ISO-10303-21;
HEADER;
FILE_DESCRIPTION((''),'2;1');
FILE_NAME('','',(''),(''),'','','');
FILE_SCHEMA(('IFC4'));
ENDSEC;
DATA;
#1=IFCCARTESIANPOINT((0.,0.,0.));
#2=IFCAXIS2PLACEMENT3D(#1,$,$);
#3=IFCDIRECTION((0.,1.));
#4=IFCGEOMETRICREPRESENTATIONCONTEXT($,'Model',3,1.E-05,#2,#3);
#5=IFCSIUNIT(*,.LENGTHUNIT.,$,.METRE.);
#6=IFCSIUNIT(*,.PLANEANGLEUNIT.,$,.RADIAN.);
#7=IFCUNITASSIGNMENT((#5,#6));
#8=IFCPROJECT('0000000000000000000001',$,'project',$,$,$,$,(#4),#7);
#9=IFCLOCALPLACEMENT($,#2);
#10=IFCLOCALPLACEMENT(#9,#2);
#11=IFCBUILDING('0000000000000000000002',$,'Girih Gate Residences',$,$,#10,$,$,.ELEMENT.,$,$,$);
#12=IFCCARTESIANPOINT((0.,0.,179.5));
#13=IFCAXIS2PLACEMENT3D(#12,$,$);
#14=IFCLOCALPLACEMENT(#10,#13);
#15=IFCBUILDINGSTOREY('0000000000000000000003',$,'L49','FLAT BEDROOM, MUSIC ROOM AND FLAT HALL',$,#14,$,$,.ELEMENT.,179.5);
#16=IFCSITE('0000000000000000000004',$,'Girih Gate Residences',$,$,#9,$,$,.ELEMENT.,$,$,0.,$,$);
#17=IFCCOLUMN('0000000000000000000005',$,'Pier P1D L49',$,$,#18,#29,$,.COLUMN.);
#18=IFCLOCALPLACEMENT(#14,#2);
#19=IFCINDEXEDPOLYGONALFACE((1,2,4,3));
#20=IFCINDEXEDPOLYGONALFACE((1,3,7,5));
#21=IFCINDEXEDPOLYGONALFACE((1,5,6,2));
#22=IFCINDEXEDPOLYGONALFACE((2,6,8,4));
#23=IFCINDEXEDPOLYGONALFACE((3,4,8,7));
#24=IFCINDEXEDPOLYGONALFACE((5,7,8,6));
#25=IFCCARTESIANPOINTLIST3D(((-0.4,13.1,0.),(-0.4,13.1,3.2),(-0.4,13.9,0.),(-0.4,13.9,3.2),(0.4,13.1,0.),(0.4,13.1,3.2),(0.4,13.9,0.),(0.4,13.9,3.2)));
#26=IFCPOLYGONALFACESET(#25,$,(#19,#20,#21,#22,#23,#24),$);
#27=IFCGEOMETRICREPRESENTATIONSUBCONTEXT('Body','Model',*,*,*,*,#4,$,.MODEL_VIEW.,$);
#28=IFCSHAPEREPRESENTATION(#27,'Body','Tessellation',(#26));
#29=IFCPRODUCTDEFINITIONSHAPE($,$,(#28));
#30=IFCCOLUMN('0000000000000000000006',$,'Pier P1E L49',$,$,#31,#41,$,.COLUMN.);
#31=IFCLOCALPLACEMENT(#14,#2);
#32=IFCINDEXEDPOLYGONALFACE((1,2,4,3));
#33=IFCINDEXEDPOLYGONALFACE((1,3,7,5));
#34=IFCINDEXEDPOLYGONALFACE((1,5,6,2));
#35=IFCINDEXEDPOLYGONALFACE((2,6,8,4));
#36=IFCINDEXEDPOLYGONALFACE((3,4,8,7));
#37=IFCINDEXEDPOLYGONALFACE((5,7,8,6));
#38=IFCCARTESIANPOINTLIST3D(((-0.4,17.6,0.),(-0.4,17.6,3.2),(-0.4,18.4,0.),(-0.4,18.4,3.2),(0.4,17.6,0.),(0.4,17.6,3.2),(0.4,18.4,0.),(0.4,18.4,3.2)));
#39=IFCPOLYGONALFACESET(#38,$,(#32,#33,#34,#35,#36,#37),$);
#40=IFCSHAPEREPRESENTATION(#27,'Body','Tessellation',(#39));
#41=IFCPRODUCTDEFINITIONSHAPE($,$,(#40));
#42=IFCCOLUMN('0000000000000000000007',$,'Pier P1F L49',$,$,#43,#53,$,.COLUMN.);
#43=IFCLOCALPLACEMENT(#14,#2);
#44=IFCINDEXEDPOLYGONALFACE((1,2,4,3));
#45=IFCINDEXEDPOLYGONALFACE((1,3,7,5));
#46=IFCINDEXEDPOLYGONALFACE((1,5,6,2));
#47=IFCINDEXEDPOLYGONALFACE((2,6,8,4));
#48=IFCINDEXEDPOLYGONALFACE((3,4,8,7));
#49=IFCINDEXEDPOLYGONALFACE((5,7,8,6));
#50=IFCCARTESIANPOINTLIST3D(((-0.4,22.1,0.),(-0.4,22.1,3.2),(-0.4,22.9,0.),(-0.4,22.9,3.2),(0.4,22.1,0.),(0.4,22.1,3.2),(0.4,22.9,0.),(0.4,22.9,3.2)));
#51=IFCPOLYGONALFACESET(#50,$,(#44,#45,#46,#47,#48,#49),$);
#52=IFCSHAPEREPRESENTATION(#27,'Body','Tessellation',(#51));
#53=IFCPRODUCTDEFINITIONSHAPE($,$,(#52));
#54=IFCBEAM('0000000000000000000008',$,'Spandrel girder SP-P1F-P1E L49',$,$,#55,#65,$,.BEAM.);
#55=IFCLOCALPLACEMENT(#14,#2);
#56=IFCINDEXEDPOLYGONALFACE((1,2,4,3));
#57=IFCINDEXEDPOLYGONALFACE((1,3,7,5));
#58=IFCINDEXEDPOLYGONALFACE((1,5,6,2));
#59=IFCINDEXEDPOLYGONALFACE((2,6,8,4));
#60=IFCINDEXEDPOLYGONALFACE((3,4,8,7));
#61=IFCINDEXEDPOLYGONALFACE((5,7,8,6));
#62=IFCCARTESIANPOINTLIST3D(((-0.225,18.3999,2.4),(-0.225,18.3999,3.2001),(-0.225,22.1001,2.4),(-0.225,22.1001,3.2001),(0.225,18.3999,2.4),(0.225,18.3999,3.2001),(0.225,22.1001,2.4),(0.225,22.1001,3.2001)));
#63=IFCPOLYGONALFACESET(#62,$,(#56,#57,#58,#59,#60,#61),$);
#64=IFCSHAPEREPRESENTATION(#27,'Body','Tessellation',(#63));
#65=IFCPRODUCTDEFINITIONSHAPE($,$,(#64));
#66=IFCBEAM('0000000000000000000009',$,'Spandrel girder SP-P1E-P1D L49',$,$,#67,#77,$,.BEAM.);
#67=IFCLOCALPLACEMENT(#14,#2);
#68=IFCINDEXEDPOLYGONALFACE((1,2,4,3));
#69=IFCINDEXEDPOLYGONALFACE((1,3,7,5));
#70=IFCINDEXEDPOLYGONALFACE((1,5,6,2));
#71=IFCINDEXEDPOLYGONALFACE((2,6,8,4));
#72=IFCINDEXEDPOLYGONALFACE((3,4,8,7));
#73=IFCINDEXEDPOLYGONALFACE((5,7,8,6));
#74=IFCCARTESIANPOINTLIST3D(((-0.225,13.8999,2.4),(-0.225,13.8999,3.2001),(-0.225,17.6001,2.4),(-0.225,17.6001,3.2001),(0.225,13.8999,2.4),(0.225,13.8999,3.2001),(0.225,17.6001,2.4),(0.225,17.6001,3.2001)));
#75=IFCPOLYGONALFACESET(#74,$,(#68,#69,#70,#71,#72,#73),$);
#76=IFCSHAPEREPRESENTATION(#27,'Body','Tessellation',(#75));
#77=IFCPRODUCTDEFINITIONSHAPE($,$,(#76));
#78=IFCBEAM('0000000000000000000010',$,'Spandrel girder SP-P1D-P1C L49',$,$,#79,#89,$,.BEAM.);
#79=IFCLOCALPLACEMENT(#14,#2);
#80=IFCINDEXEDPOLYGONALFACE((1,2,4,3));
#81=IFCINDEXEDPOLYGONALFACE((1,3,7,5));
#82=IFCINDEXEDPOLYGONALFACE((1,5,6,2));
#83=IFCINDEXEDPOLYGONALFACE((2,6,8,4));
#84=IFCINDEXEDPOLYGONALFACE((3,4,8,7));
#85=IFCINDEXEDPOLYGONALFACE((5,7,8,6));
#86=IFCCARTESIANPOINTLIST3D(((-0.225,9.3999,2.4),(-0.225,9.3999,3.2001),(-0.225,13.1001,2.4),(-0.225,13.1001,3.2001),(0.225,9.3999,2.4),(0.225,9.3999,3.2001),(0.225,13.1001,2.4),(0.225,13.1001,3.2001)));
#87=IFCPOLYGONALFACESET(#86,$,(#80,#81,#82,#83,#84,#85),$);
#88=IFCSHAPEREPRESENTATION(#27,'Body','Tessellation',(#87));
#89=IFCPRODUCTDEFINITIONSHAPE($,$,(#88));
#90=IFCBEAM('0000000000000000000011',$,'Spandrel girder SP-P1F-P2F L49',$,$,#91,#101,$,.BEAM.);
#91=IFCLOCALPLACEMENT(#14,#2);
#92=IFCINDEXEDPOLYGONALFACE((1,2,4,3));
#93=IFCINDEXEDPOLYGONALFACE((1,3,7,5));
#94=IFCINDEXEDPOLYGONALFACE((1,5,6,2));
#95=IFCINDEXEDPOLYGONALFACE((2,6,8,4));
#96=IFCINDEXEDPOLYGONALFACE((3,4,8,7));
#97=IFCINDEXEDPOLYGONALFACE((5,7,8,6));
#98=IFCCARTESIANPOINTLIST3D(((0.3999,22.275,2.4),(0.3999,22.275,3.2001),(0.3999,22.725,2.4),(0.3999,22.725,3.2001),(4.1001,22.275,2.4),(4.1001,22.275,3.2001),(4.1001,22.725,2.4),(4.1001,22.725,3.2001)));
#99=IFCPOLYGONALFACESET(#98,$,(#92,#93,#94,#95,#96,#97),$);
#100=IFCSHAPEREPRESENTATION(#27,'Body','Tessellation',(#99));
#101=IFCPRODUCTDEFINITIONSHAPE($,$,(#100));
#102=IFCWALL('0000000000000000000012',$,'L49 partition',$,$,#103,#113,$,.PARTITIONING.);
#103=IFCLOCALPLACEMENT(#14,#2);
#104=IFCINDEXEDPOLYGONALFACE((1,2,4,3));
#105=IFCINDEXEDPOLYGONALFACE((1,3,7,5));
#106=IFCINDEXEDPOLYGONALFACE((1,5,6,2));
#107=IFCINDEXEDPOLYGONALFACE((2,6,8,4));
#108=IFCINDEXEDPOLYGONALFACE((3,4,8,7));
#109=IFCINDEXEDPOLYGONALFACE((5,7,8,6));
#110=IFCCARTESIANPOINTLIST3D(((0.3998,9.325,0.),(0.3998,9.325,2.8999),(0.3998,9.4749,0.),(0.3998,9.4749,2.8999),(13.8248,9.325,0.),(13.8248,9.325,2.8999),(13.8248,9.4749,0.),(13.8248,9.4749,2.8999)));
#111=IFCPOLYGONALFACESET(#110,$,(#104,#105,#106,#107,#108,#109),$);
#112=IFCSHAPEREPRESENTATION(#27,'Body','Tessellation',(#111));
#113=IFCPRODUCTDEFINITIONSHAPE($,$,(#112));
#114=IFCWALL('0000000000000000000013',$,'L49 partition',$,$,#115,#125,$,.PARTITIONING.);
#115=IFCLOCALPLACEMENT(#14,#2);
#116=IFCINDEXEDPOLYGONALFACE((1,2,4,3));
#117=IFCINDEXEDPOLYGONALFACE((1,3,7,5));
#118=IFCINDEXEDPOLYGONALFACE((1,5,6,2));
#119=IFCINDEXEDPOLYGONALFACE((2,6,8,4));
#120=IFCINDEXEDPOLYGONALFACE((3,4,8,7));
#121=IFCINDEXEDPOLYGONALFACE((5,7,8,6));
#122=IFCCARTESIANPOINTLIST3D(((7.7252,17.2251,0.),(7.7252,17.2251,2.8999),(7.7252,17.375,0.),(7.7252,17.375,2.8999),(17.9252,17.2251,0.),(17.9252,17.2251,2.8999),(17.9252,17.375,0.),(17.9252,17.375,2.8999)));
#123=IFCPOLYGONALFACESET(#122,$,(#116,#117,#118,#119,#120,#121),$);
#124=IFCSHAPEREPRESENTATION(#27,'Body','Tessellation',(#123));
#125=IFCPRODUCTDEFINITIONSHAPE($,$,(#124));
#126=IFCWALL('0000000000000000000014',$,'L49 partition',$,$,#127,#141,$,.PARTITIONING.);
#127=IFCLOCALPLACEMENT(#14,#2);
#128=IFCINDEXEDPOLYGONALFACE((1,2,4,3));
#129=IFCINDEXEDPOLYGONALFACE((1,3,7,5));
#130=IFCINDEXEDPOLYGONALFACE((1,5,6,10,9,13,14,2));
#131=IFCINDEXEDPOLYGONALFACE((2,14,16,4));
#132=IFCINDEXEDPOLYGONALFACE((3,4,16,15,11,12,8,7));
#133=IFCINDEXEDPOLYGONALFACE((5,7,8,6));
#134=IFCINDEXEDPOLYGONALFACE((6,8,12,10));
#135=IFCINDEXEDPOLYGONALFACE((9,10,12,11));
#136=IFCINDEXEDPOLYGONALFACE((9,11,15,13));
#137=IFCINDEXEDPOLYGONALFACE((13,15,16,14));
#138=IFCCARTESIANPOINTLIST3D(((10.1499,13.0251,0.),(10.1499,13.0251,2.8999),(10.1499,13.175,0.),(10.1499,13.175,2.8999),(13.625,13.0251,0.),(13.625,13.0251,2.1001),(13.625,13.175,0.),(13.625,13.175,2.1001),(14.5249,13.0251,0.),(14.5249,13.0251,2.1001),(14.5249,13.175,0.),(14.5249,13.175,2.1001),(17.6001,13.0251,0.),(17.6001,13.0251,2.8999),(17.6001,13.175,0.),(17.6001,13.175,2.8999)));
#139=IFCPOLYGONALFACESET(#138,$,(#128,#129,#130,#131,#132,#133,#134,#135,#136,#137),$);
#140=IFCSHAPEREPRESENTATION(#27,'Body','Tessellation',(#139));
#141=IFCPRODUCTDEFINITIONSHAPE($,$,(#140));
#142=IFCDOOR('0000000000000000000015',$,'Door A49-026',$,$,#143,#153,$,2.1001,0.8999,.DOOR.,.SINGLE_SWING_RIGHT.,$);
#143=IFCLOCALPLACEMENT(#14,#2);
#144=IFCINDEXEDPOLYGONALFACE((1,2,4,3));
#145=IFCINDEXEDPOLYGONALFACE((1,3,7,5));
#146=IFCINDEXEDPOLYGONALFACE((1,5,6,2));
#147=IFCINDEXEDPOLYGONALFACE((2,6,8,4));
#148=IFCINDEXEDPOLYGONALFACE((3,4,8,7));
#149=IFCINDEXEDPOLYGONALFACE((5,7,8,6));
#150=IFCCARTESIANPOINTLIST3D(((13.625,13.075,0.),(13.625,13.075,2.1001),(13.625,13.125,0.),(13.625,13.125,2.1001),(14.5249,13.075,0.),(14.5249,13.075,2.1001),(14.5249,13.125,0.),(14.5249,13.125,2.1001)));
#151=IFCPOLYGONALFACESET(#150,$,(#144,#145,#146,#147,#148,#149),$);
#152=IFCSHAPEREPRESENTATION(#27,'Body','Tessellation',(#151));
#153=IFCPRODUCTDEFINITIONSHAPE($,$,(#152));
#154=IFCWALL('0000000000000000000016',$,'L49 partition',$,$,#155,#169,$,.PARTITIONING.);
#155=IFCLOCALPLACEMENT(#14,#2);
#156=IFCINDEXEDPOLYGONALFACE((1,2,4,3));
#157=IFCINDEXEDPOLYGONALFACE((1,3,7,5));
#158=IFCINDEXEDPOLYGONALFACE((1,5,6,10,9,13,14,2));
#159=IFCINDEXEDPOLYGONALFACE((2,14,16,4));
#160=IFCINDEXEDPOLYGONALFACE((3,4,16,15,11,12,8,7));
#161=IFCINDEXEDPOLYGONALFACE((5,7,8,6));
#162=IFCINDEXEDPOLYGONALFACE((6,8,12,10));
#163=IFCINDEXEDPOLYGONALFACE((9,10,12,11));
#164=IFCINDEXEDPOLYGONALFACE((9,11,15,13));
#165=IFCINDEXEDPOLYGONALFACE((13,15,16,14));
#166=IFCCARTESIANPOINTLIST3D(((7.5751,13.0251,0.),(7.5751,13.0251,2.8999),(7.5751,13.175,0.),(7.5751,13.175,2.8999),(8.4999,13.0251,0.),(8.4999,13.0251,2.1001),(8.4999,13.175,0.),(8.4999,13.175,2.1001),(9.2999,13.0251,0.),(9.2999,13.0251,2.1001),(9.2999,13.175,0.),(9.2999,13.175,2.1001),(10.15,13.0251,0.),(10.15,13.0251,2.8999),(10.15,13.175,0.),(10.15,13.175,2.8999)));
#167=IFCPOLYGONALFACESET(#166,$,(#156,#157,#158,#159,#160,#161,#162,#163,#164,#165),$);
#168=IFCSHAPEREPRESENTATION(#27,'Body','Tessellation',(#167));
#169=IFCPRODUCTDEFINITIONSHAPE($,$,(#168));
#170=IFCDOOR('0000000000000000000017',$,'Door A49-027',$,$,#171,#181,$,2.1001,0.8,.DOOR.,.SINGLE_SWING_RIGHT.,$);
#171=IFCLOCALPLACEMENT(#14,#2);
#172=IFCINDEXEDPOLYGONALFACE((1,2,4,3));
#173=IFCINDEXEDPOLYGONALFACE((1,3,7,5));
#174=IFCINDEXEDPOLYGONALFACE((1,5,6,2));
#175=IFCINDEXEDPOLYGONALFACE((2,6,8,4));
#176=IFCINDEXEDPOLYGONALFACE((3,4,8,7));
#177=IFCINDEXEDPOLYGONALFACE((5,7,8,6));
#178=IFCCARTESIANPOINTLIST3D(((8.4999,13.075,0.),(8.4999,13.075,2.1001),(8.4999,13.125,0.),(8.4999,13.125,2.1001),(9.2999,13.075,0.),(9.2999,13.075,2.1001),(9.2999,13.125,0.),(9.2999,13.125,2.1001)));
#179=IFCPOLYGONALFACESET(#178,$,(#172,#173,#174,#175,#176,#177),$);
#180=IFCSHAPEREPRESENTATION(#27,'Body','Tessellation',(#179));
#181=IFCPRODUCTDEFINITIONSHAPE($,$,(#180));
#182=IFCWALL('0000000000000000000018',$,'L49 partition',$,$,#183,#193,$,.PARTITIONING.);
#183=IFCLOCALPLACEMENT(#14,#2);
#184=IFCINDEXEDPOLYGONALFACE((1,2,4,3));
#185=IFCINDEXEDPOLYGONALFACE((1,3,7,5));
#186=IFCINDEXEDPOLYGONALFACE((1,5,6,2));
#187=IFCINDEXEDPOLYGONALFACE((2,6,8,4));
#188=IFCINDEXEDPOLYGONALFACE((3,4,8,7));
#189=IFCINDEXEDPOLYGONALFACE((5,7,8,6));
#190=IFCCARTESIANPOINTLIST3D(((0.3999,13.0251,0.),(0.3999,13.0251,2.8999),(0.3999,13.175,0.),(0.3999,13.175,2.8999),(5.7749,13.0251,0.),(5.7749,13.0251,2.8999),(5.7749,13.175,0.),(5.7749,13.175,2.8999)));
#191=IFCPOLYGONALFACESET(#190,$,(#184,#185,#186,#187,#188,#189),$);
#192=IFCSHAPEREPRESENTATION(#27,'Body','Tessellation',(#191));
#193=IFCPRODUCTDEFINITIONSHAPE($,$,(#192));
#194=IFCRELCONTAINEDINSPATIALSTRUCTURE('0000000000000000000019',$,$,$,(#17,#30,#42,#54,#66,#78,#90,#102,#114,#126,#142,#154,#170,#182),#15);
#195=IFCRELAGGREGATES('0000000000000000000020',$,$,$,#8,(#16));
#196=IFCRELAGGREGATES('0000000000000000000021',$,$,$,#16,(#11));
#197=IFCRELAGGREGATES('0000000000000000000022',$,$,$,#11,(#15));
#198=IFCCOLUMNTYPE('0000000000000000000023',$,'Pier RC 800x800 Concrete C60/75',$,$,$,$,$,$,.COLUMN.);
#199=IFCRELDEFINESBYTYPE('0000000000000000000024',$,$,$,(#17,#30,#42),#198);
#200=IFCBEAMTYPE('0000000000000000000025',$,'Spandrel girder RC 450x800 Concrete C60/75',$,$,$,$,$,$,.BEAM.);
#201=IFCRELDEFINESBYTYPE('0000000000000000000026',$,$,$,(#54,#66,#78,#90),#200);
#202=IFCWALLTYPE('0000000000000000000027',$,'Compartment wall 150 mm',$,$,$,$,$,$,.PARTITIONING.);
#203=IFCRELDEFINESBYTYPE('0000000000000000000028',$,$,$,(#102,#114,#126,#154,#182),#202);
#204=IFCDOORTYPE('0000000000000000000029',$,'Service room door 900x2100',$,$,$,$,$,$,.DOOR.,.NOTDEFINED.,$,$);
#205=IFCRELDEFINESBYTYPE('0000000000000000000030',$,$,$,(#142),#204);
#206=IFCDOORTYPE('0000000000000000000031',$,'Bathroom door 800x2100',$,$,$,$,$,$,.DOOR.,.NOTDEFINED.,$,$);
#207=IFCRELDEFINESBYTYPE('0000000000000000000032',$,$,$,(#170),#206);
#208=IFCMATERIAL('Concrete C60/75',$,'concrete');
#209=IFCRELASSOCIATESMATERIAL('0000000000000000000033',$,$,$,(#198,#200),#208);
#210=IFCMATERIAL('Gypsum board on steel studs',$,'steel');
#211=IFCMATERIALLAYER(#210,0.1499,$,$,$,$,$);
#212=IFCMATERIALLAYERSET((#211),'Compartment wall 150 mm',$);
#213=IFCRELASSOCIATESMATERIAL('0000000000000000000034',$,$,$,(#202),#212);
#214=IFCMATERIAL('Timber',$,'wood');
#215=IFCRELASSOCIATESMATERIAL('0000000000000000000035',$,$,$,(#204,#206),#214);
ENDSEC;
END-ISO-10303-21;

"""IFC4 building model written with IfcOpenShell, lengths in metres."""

from ifc_helpers import new_model, si_unit, direction, frame, frame_2d, origin, origin_2d, place, context, subcontext, project, spatial, rectangle, extrude, material, layer, layer_set, material_profile, profile_set, type_object, element, fill, save


model = new_model("IFC4")

# Units and contexts
model_context = context("Model", 3, precision=1e-05, world=origin(), true_north=direction((0.0, 1.0)))
body_context = subcontext(model_context, "Body", "Model", "MODEL_VIEW")
ifc_project = project(units=[si_unit("LENGTHUNIT", "METRE"), si_unit("PLANEANGLEUNIT", "RADIAN")], contexts=[model_context])

# Site, building, storey
site_placement = place(None, origin())
site = spatial("IfcSite", under=ifc_project, at=site_placement, Name="Girih Gate Residences", CompositionType="ELEMENT", RefElevation=0.0)
building_placement = place(site_placement, origin())
building = spatial("IfcBuilding", under=site, at=building_placement, Name="Girih Gate Residences", CompositionType="ELEMENT")
storey_placement = place(building_placement, frame((0.0, 0.0, 179.5)))
storey = spatial("IfcBuildingStorey", under=building, at=storey_placement, Name="L49", Description="FLAT BEDROOM, MUSIC ROOM AND FLAT HALL", CompositionType="ELEMENT", Elevation=179.5)

# Columns
ifc_material_1 = material(Name="Concrete C60/75", Category="concrete")
ifc_material_profile_1 = material_profile(ifc_material_1, rectangle(XDim=0.8, YDim=0.8, at=origin_2d()))
ifc_profile_set_1 = profile_set([ifc_material_profile_1], Name="Concrete C60/75")
column_type = type_object("IfcColumnType", Name="Pier RC 800x800 Concrete C60/75", PredefinedType="COLUMN", material=ifc_profile_set_1)
for number, where, z_axis, x_axis, name in (
    (1, (0.0, 13.5, 0.0), (0.0, 0.0, 1.0), (1.0, 0.0, 0.0), "Pier P1D L49"),
    (2, (0.0, 18.0, 0.0), (0.0, 0.0, 1.0), (1.0, 0.0, 0.0), "Pier P1E L49"),
    (3, (0.0, 22.5, 0.0), (0.0, 0.0, 1.0), (1.0, 0.0, 0.0), "Pier P1F L49"),
):
    element("IfcColumn", number, at=place(storey_placement, frame(where, z_axis=z_axis, x_axis=x_axis)), inside=storey, type_object=column_type, Name=name, PredefinedType="COLUMN", context=body_context, shape_type="SweptSolid", body=[
        extrude(rectangle(XDim=0.8, YDim=0.8, at=origin_2d()), origin(), (0.0, 0.0, 1.0), 3.2),
    ])

# Beams
ifc_material_profile_2 = material_profile(ifc_material_1, rectangle(XDim=0.45, YDim=0.8, at=origin_2d()))
ifc_profile_set_2 = profile_set([ifc_material_profile_2], Name="Concrete C60/75")
beam_type = type_object("IfcBeamType", Name="Spandrel girder RC 450x800 Concrete C60/75", PredefinedType="BEAM", material=ifc_profile_set_2)
for number, where, z_axis, x_axis, name in (
    (4, (0.0, 22.1001, 2.8), (0.0, -1.0, 0.0), (1.0, 0.0, 0.0), "Spandrel girder SP-P1F-P1E L49"),
    (5, (0.0, 17.6001, 2.8), (0.0, -1.0, 0.0), (1.0, 0.0, 0.0), "Spandrel girder SP-P1E-P1D L49"),
    (6, (0.0, 13.1001, 2.8), (0.0, -1.0, 0.0), (1.0, 0.0, 0.0), "Spandrel girder SP-P1D-P1C L49"),
    (7, (0.3999, 22.5, 2.8), (1.0, 0.0, 0.0), (0.0, 1.0, 0.0), "Spandrel girder SP-P1F-P2F L49"),
):
    element("IfcBeam", number, at=place(storey_placement, frame(where, z_axis=z_axis, x_axis=x_axis)), inside=storey, type_object=beam_type, Name=name, PredefinedType="BEAM", context=body_context, shape_type="SweptSolid", body=[
        extrude(rectangle(XDim=0.45, YDim=0.8, at=origin_2d()), origin(), (0.0, 0.0, 1.0), 3.7002),
    ])

# Walls
ifc_material_2 = material(Name="Gypsum board on steel studs", Category="steel")
ifc_layer_1 = layer(ifc_material_2, 0.1499)
ifc_layer_set_1 = layer_set([ifc_layer_1], Name="Compartment wall 150 mm")
wall_type_1 = type_object("IfcWallType", Name="Compartment wall 150 mm", PredefinedType="PARTITIONING", material=ifc_layer_set_1)
wall_1_placement = place(storey_placement, frame((0.3999, 9.3999, 0.0), z_axis=(0.0, 0.0, 1.0), x_axis=(1.0, 0.0, 0.0)))
element("IfcWall", 8, at=wall_1_placement, inside=storey, type_object=wall_type_1, Name="L49 partition", PredefinedType="PARTITIONING", context=body_context, shape_type="SweptSolid", body=[
    extrude(rectangle(XDim=13.425, YDim=0.1499, at=frame_2d((6.7124, 0.0))), origin(), (0.0, 0.0, 1.0), 2.8999),
])
wall_2_placement = place(storey_placement, frame((7.7251, 17.3, 0.0), z_axis=(0.0, 0.0, 1.0), x_axis=(1.0, 0.0, 0.0)))
element("IfcWall", 9, at=wall_2_placement, inside=storey, type_object=wall_type_1, Name="L49 partition", PredefinedType="PARTITIONING", context=body_context, shape_type="SweptSolid", body=[
    extrude(rectangle(XDim=10.2, YDim=0.1499, at=frame_2d((5.1001, 0.0))), origin(), (0.0, 0.0, 1.0), 2.8999),
])

# Walls, openings, doors
wall_3_placement = place(storey_placement, frame((10.1499, 13.1001, 0.0), z_axis=(0.0, 0.0, 1.0), x_axis=(1.0, 0.0, 0.0)))
wall_3 = element("IfcWall", 10, at=wall_3_placement, inside=storey, type_object=wall_type_1, Name="L49 partition", PredefinedType="PARTITIONING", context=body_context, shape_type="SweptSolid", body=[
    extrude(rectangle(XDim=7.4502, YDim=0.1499, at=frame_2d((3.7251, 0.0))), origin(), (0.0, 0.0, 1.0), 2.8999),
])
opening_1_placement = place(wall_3_placement, frame((3.4751, 0.0, 0.0)))
opening_1 = element("IfcOpeningElement", 11, at=opening_1_placement, cuts=wall_3, PredefinedType="OPENING", context=body_context, shape_type="SweptSolid", body=[
    extrude(rectangle(XDim=0.8999, YDim=2.1001, at=frame_2d((0.45, 1.05))), frame((0.0, 0.085, 0.0), z_axis=(0.0, -1.0, 0.0), x_axis=(1.0, 0.0, 0.0)), (0.0, 0.0, 1.0), 0.1699),
])
ifc_material_3 = material(Name="Timber", Category="wood")
door_type_1 = type_object("IfcDoorType", Name="Service room door 900x2100", OperationType="NOTDEFINED", PredefinedType="DOOR", material=ifc_material_3)
door_1_placement = place(opening_1_placement, origin())
door_1 = element("IfcDoor", 12, at=door_1_placement, inside=storey, type_object=door_type_1, Name="Door A49-026", OperationType="SINGLE_SWING_RIGHT", OverallHeight=2.1001, OverallWidth=0.8999, PredefinedType="DOOR", context=body_context, shape_type="SweptSolid", body=[
    extrude(rectangle(XDim=0.8999, YDim=2.1001, at=frame_2d((0.45, 1.05))), frame((0.0, 0.0249, 0.0), z_axis=(0.0, -1.0, 0.0), x_axis=(1.0, 0.0, 0.0)), (0.0, 0.0, 1.0), 0.05),
])
fill(opening_1, door_1)
wall_4_placement = place(storey_placement, frame((7.575, 13.1001, 0.0), z_axis=(0.0, 0.0, 1.0), x_axis=(1.0, 0.0, 0.0)))
wall_4 = element("IfcWall", 13, at=wall_4_placement, inside=storey, type_object=wall_type_1, Name="L49 partition", PredefinedType="PARTITIONING", context=body_context, shape_type="SweptSolid", body=[
    extrude(rectangle(XDim=2.575, YDim=0.1499, at=frame_2d((1.2876, 0.0))), origin(), (0.0, 0.0, 1.0), 2.8999),
])
opening_2_placement = place(wall_4_placement, frame((0.925, 0.0, 0.0)))
opening_2 = element("IfcOpeningElement", 14, at=opening_2_placement, cuts=wall_4, PredefinedType="OPENING", context=body_context, shape_type="SweptSolid", body=[
    extrude(rectangle(XDim=0.8, YDim=2.1001, at=frame_2d((0.3999, 1.05))), frame((0.0, 0.085, 0.0), z_axis=(0.0, -1.0, 0.0), x_axis=(1.0, 0.0, 0.0)), (0.0, 0.0, 1.0), 0.1699),
])
door_type_2 = type_object("IfcDoorType", Name="Bathroom door 800x2100", OperationType="NOTDEFINED", PredefinedType="DOOR", material=ifc_material_3)
door_2_placement = place(opening_2_placement, origin())
door_2 = element("IfcDoor", 15, at=door_2_placement, inside=storey, type_object=door_type_2, Name="Door A49-027", OperationType="SINGLE_SWING_RIGHT", OverallHeight=2.1001, OverallWidth=0.8, PredefinedType="DOOR", context=body_context, shape_type="SweptSolid", body=[
    extrude(rectangle(XDim=0.8, YDim=2.1001, at=frame_2d((0.3999, 1.05))), frame((0.0, 0.0249, 0.0), z_axis=(0.0, -1.0, 0.0), x_axis=(1.0, 0.0, 0.0)), (0.0, 0.0, 1.0), 0.05),
])
fill(opening_2, door_2)

# Wall
wall_5_placement = place(storey_placement, frame((0.3999, 13.1001, 0.0), z_axis=(0.0, 0.0, 1.0), x_axis=(1.0, 0.0, 0.0)))
element("IfcWall", 16, at=wall_5_placement, inside=storey, type_object=wall_type_1, Name="L49 partition", PredefinedType="PARTITIONING", context=body_context, shape_type="SweptSolid", body=[
    extrude(rectangle(XDim=5.375, YDim=0.1499, at=frame_2d((2.6875, 0.0))), origin(), (0.0, 0.0, 1.0), 2.8999),
])

save(model, "model.ifc")
